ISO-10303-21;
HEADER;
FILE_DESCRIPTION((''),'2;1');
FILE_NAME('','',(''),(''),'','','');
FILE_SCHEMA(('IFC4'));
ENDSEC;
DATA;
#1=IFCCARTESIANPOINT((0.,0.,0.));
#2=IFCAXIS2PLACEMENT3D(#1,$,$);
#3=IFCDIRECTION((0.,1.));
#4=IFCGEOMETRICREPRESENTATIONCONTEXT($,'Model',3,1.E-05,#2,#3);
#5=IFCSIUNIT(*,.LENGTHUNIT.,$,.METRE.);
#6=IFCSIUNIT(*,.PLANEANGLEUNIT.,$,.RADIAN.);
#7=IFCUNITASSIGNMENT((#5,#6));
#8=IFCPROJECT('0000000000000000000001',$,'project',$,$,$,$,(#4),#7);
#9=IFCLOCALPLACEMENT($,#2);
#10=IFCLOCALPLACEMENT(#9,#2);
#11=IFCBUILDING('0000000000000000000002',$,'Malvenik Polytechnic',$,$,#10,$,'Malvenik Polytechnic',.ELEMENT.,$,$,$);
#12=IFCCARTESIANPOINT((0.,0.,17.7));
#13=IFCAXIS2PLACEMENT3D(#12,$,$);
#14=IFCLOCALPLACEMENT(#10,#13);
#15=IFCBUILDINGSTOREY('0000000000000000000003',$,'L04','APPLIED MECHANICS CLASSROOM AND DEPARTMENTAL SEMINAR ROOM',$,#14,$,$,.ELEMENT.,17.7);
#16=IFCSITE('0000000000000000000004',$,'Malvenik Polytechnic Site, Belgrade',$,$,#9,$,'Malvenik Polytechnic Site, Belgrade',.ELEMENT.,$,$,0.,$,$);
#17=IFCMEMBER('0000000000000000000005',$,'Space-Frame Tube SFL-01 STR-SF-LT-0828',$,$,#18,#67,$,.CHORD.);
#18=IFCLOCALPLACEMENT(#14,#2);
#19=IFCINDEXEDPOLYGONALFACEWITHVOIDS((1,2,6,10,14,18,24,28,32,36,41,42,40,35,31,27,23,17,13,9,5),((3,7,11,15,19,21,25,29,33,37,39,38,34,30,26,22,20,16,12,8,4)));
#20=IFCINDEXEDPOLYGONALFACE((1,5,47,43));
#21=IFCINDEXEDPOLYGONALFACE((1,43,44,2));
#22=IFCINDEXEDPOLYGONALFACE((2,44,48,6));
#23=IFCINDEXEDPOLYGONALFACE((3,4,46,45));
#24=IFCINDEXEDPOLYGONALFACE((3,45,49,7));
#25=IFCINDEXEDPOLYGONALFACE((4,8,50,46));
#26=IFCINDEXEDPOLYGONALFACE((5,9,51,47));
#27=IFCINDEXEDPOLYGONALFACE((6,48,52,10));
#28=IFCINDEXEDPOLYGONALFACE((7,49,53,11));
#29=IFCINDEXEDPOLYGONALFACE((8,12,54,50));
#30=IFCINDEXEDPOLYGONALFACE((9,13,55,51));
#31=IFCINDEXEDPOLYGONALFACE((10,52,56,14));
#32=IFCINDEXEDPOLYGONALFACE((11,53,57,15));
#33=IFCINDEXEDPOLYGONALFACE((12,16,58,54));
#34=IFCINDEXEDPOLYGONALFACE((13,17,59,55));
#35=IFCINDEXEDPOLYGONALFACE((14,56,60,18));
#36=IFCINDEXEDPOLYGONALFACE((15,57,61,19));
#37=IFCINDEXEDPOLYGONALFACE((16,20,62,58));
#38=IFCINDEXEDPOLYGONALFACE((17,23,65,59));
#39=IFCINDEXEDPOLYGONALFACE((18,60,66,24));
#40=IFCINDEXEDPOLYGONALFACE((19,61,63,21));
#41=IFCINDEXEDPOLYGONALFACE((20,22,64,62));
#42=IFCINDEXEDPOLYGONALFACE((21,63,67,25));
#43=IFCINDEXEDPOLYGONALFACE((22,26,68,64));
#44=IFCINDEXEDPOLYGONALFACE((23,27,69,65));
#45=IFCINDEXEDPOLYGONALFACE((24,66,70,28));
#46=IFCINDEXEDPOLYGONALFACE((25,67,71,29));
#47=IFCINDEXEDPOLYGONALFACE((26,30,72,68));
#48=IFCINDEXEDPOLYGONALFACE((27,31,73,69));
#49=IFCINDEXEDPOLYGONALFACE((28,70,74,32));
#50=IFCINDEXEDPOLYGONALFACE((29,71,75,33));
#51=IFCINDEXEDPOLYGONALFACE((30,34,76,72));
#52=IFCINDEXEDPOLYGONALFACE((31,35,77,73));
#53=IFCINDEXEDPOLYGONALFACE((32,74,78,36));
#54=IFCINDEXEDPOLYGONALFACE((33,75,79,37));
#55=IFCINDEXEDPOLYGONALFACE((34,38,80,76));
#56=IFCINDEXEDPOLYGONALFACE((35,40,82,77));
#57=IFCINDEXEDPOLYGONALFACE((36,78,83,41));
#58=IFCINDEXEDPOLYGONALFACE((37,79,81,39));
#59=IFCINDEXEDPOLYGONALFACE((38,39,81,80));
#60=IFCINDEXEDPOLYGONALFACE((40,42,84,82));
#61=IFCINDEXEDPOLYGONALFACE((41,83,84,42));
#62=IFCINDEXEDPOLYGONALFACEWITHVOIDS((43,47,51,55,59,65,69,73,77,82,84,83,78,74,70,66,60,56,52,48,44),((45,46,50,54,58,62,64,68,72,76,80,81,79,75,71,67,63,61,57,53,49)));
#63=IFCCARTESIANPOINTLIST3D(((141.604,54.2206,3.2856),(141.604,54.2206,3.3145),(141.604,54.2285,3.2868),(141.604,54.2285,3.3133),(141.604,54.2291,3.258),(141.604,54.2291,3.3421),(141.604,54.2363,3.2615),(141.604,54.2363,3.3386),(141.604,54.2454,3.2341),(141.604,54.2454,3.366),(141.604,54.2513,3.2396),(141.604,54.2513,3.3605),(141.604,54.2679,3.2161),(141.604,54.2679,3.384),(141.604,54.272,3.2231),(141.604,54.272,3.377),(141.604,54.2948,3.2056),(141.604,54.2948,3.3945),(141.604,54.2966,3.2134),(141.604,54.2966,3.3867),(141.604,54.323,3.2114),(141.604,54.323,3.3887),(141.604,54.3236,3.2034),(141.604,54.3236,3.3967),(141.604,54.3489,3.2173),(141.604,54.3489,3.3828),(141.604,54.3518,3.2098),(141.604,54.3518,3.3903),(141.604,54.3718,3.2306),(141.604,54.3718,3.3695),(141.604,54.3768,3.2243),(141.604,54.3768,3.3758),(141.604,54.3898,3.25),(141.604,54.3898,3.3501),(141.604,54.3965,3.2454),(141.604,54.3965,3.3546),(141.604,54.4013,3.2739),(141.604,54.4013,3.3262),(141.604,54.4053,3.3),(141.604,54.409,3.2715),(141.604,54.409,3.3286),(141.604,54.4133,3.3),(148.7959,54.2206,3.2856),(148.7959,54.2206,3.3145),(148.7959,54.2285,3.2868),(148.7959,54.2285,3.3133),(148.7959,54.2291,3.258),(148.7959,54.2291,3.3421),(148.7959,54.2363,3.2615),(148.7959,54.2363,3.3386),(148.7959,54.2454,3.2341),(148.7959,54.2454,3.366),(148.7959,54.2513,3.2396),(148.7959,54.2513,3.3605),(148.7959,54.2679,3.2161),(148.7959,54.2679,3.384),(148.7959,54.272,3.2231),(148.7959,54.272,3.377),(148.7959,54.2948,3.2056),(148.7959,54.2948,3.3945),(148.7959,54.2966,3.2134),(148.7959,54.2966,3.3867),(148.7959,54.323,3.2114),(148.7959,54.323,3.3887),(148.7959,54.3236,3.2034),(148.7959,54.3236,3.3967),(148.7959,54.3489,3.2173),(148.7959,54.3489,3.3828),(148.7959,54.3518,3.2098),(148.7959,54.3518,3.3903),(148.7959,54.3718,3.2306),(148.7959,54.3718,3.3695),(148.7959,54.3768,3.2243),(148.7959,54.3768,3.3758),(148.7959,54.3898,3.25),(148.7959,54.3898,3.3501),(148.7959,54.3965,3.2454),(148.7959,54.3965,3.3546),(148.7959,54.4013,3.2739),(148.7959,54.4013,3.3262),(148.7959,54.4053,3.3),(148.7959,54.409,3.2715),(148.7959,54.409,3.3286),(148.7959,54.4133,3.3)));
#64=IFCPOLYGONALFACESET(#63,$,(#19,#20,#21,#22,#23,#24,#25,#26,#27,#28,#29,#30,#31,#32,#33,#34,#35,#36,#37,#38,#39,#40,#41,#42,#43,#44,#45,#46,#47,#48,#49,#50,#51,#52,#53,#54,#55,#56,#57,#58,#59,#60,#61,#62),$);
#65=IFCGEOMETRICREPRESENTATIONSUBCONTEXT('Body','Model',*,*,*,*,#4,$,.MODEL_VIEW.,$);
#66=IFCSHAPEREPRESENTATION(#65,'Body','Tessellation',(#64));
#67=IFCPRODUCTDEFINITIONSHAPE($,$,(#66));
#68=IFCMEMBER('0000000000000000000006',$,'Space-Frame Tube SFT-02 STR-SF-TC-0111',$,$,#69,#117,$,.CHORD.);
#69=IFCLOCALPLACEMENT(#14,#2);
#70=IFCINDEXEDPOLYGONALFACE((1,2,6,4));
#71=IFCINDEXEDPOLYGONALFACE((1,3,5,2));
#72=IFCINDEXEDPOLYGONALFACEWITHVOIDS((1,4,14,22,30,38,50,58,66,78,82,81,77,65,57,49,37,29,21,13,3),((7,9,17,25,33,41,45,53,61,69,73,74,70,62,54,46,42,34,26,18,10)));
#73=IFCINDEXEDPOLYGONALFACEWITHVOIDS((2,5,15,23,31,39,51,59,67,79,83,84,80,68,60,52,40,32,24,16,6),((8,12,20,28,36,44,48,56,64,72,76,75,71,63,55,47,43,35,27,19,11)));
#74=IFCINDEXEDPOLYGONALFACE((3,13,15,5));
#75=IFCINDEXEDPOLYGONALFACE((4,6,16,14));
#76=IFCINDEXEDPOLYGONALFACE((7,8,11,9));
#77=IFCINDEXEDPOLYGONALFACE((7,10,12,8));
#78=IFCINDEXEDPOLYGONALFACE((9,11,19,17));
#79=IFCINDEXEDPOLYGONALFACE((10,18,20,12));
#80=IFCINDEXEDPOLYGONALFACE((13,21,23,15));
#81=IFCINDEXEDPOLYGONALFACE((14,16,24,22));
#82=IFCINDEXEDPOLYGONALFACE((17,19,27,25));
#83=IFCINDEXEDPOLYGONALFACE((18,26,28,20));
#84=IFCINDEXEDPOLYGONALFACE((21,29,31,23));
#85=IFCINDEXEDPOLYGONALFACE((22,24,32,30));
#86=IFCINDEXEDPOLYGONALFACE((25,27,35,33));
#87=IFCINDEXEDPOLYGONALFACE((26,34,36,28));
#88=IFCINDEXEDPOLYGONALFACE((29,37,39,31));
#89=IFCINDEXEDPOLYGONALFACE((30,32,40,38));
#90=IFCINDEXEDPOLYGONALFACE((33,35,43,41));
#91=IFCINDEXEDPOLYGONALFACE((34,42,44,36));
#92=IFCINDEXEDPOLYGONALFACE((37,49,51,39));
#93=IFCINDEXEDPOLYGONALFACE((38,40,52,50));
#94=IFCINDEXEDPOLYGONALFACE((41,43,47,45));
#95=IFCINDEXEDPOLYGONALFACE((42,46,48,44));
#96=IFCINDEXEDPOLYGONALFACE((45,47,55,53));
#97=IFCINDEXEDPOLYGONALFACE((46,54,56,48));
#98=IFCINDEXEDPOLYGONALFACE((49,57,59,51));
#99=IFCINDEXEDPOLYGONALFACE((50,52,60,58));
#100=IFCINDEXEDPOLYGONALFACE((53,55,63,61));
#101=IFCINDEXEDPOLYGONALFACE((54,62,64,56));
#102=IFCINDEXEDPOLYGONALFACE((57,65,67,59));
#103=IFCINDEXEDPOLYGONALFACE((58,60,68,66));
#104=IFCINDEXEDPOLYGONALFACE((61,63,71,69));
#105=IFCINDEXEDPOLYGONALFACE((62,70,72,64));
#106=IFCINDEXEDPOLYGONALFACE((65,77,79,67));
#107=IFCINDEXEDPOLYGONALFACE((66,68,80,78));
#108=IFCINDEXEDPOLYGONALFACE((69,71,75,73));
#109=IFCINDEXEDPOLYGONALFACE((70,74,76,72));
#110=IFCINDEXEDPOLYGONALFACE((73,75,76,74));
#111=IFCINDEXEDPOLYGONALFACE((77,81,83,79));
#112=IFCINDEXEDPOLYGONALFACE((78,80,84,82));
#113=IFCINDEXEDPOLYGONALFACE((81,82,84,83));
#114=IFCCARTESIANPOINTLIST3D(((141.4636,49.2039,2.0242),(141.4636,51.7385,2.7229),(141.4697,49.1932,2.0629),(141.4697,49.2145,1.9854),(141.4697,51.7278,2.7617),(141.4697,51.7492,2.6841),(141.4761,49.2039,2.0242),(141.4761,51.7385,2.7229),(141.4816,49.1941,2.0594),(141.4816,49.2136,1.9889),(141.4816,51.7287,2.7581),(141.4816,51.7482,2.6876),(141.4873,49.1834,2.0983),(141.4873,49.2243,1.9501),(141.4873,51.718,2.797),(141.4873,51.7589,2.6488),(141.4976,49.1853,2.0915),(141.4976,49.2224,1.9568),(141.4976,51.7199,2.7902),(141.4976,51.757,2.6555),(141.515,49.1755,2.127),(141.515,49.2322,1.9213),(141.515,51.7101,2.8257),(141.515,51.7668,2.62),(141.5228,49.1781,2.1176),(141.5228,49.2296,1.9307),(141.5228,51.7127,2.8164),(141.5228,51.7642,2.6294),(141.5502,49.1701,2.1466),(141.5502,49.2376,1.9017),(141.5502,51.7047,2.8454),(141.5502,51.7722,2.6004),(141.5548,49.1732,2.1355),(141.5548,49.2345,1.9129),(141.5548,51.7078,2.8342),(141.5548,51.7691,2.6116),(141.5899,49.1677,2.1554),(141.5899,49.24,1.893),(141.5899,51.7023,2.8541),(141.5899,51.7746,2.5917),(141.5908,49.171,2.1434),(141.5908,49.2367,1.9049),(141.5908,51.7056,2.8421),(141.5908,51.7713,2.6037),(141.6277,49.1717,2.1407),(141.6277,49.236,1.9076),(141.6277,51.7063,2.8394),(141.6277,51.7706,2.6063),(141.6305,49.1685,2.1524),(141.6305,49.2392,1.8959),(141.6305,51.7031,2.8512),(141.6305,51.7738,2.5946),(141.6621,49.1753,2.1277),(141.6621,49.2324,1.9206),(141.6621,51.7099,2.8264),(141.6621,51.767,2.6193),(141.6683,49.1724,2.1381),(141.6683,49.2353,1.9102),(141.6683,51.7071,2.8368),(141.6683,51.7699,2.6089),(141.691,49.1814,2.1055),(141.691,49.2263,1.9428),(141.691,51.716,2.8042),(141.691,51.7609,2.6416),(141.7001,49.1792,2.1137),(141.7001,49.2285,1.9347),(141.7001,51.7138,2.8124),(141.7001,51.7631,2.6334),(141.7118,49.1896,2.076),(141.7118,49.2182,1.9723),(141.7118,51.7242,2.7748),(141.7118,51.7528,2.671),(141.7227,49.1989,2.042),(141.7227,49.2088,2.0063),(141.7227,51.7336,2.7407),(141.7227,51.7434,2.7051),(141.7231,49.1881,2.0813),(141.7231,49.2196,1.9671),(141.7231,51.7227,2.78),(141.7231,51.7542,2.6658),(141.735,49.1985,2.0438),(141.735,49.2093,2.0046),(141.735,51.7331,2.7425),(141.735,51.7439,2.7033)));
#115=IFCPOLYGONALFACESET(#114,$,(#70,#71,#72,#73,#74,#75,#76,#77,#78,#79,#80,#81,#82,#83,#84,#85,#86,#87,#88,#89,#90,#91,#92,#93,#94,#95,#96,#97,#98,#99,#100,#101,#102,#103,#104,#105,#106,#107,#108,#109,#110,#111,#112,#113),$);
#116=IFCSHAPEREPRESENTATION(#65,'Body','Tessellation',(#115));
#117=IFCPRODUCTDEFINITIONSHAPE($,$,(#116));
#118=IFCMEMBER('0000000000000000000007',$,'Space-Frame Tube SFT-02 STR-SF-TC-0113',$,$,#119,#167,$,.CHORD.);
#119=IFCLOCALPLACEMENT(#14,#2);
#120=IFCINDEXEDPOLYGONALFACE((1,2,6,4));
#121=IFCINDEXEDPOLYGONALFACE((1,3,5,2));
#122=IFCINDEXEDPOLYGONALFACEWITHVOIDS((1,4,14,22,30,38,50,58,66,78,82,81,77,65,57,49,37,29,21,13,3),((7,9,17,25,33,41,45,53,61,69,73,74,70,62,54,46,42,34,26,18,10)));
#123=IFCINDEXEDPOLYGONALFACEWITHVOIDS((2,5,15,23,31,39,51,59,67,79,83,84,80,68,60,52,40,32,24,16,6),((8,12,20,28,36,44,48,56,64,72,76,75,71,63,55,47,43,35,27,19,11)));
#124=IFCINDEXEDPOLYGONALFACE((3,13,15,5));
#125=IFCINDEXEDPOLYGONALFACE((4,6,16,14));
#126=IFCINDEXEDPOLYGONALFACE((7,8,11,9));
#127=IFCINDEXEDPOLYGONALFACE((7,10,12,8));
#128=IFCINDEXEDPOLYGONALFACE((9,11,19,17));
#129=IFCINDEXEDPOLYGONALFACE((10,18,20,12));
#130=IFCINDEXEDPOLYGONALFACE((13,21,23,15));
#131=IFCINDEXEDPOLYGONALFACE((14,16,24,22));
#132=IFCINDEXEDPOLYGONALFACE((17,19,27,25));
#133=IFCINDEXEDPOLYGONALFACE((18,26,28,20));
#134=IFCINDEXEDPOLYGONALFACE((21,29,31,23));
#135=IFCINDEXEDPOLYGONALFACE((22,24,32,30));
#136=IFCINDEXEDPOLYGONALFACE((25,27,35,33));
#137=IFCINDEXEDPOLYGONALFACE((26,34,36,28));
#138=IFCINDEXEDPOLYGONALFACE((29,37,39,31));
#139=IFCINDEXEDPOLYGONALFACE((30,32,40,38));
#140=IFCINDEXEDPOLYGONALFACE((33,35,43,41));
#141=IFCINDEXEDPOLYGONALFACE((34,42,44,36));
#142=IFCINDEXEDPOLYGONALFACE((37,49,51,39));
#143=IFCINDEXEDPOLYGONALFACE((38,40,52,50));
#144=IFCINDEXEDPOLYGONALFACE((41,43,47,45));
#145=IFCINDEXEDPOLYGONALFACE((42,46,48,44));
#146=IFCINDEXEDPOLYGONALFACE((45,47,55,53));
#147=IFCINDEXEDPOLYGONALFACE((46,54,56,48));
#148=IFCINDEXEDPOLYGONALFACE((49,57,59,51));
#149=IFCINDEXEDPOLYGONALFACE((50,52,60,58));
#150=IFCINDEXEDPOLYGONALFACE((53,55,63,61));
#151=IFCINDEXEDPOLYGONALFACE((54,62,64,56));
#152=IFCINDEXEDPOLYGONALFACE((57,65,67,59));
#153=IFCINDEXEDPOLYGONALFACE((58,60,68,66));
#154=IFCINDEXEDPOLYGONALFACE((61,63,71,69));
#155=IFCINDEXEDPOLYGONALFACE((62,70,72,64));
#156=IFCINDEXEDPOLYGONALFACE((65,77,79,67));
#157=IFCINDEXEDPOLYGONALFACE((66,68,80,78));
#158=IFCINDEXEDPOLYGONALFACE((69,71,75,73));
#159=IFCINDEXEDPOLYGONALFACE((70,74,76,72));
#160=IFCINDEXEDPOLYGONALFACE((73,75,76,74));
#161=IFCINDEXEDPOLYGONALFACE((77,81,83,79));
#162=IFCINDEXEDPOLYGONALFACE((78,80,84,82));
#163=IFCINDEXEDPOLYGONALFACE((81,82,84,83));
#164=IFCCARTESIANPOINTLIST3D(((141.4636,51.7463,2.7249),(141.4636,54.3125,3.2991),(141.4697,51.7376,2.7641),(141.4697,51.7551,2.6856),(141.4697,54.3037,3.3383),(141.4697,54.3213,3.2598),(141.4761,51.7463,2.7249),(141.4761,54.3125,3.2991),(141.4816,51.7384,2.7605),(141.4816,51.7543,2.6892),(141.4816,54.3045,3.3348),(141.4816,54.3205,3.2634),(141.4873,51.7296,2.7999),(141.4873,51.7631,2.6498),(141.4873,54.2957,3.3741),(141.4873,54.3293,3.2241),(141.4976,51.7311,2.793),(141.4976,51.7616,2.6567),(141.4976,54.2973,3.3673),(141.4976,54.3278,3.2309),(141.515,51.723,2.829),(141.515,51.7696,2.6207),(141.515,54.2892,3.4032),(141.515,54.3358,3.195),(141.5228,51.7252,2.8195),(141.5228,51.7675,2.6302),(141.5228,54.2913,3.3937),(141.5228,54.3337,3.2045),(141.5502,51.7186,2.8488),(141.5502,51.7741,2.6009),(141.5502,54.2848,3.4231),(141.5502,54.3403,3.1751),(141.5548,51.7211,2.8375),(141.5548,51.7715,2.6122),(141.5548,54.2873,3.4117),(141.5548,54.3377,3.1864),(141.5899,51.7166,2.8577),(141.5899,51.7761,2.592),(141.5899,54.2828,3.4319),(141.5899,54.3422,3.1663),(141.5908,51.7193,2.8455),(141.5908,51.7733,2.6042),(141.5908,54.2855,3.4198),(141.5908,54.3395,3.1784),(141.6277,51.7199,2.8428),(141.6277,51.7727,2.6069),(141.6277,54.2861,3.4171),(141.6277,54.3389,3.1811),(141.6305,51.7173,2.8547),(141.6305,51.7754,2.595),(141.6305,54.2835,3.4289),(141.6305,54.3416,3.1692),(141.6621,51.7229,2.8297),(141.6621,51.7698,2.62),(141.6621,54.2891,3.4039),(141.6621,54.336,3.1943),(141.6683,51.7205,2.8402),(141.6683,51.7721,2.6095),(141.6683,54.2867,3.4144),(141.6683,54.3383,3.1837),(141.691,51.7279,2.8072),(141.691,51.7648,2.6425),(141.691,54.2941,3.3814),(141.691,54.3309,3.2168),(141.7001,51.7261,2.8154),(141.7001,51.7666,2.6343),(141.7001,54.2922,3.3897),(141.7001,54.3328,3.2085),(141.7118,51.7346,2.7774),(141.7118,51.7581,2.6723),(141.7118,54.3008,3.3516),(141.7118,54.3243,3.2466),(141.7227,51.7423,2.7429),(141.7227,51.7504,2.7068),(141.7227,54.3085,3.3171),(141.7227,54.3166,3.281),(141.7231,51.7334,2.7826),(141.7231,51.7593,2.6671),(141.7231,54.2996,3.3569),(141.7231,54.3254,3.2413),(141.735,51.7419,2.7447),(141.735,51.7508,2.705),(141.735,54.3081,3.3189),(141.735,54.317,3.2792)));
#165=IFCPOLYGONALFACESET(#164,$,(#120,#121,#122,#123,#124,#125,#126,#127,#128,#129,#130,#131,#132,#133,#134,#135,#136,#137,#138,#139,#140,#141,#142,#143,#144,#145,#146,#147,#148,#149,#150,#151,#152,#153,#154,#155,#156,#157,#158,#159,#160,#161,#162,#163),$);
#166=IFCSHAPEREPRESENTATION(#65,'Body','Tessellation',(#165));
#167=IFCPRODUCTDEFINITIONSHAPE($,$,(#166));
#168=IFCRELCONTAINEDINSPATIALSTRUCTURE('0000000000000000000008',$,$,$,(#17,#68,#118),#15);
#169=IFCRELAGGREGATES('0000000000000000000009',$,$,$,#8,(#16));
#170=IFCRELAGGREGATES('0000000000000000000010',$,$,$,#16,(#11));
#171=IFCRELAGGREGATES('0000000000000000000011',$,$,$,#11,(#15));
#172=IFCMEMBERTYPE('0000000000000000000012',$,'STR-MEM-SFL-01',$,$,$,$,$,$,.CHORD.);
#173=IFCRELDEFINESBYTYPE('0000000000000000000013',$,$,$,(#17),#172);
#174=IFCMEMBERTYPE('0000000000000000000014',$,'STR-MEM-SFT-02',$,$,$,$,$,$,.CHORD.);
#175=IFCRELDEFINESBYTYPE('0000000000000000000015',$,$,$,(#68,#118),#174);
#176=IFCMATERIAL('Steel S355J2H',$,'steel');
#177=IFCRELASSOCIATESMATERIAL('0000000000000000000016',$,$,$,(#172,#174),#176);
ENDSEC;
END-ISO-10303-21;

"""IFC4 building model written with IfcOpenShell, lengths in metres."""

from ifc_helpers import new_model, si_unit, direction, frame, origin, origin_2d, place, context, subcontext, project, spatial, hollow_circle, extrude, material, material_profile, profile_set, type_object, element, save


model = new_model("IFC4")

# Units and contexts
model_context = context("Model", 3, precision=1e-05, world=origin(), true_north=direction((0.0, 1.0)))
body_context = subcontext(model_context, "Body", "Model", "MODEL_VIEW")
ifc_project = project(units=[si_unit("LENGTHUNIT", "METRE"), si_unit("PLANEANGLEUNIT", "RADIAN")], contexts=[model_context])

# Site, building, storey
site_placement = place(None, origin())
site = spatial("IfcSite", under=ifc_project, at=site_placement, Name="Malvenik Polytechnic Site, Belgrade", LongName="Malvenik Polytechnic Site, Belgrade", CompositionType="ELEMENT", RefElevation=0.0)
building_placement = place(site_placement, origin())
building = spatial("IfcBuilding", under=site, at=building_placement, Name="Malvenik Polytechnic", LongName="Malvenik Polytechnic", CompositionType="ELEMENT")
storey_placement = place(building_placement, frame((0.0, 0.0, 17.7)))
storey = spatial("IfcBuildingStorey", under=building, at=storey_placement, Name="L04", Description="APPLIED MECHANICS CLASSROOM AND DEPARTMENTAL SEMINAR ROOM", CompositionType="ELEMENT", Elevation=17.7)

# Members
ifc_material = material(Name="Steel S355J2H", Category="steel")
ifc_material_profile_1 = material_profile(ifc_material, hollow_circle(Radius=0.0969, WallThickness=0.0081, at=origin_2d()), Name="CHS 193.7x8.0")
ifc_profile_set_1 = profile_set([ifc_material_profile_1], Name="Steel S355J2H")
member_type_1 = type_object("IfcMemberType", Name="STR-MEM-SFL-01", PredefinedType="CHORD", material=ifc_profile_set_1)
for number, where, z_axis, x_axis, name in (
    (1, (141.604, 54.3164, 3.3), (1.0, 0.0, 0.0), (0.0, 1.0, 0.0), "Space-Frame Tube SFL-01 STR-SF-LT-0828"),
):
    element("IfcMember", number, at=place(storey_placement, frame(where, z_axis=z_axis, x_axis=x_axis)), inside=storey, type_object=member_type_1, Name=name, PredefinedType="CHORD", context=body_context, shape_type="SweptSolid", body=[
        extrude(hollow_circle(Radius=0.0969, WallThickness=0.0081, at=origin_2d()), origin(), (0.0, 0.0, 1.0), 7.1919),
    ])
ifc_material_profile_2 = material_profile(ifc_material, hollow_circle(Radius=0.1365, WallThickness=0.0125, at=origin_2d()), Name="CHS 273.0x12.5")
ifc_profile_set_2 = profile_set([ifc_material_profile_2], Name="Steel S355J2H")
member_type_2 = type_object("IfcMemberType", Name="STR-MEM-SFT-02", PredefinedType="CHORD", material=ifc_profile_set_2)
member_1_placement = place(storey_placement, frame((141.6001, 49.2039, 2.0242), z_axis=(0.0, 0.96404, 0.265756), x_axis=(-1.0, 0.0, 0.0)))
element("IfcMember", 2, at=member_1_placement, inside=storey, type_object=member_type_2, Name="Space-Frame Tube SFT-02 STR-SF-TC-0111", PredefinedType="CHORD", context=body_context, shape_type="SweptSolid", body=[
    extrude(hollow_circle(Radius=0.1365, WallThickness=0.0125, at=origin_2d()), origin(), (0.0, 0.0, 1.0), 2.6292),
])
member_2_placement = place(storey_placement, frame((141.6001, 51.7463, 2.7249), z_axis=(0.0, 0.975867, 0.218365), x_axis=(-1.0, 0.0, 0.0)))
element("IfcMember", 3, at=member_2_placement, inside=storey, type_object=member_type_2, Name="Space-Frame Tube SFT-02 STR-SF-TC-0113", PredefinedType="CHORD", context=body_context, shape_type="SweptSolid", body=[
    extrude(hollow_circle(Radius=0.1365, WallThickness=0.0125, at=origin_2d()), origin(), (0.0, 0.0, 1.0), 2.6296),
])

save(model, "model.ifc")
